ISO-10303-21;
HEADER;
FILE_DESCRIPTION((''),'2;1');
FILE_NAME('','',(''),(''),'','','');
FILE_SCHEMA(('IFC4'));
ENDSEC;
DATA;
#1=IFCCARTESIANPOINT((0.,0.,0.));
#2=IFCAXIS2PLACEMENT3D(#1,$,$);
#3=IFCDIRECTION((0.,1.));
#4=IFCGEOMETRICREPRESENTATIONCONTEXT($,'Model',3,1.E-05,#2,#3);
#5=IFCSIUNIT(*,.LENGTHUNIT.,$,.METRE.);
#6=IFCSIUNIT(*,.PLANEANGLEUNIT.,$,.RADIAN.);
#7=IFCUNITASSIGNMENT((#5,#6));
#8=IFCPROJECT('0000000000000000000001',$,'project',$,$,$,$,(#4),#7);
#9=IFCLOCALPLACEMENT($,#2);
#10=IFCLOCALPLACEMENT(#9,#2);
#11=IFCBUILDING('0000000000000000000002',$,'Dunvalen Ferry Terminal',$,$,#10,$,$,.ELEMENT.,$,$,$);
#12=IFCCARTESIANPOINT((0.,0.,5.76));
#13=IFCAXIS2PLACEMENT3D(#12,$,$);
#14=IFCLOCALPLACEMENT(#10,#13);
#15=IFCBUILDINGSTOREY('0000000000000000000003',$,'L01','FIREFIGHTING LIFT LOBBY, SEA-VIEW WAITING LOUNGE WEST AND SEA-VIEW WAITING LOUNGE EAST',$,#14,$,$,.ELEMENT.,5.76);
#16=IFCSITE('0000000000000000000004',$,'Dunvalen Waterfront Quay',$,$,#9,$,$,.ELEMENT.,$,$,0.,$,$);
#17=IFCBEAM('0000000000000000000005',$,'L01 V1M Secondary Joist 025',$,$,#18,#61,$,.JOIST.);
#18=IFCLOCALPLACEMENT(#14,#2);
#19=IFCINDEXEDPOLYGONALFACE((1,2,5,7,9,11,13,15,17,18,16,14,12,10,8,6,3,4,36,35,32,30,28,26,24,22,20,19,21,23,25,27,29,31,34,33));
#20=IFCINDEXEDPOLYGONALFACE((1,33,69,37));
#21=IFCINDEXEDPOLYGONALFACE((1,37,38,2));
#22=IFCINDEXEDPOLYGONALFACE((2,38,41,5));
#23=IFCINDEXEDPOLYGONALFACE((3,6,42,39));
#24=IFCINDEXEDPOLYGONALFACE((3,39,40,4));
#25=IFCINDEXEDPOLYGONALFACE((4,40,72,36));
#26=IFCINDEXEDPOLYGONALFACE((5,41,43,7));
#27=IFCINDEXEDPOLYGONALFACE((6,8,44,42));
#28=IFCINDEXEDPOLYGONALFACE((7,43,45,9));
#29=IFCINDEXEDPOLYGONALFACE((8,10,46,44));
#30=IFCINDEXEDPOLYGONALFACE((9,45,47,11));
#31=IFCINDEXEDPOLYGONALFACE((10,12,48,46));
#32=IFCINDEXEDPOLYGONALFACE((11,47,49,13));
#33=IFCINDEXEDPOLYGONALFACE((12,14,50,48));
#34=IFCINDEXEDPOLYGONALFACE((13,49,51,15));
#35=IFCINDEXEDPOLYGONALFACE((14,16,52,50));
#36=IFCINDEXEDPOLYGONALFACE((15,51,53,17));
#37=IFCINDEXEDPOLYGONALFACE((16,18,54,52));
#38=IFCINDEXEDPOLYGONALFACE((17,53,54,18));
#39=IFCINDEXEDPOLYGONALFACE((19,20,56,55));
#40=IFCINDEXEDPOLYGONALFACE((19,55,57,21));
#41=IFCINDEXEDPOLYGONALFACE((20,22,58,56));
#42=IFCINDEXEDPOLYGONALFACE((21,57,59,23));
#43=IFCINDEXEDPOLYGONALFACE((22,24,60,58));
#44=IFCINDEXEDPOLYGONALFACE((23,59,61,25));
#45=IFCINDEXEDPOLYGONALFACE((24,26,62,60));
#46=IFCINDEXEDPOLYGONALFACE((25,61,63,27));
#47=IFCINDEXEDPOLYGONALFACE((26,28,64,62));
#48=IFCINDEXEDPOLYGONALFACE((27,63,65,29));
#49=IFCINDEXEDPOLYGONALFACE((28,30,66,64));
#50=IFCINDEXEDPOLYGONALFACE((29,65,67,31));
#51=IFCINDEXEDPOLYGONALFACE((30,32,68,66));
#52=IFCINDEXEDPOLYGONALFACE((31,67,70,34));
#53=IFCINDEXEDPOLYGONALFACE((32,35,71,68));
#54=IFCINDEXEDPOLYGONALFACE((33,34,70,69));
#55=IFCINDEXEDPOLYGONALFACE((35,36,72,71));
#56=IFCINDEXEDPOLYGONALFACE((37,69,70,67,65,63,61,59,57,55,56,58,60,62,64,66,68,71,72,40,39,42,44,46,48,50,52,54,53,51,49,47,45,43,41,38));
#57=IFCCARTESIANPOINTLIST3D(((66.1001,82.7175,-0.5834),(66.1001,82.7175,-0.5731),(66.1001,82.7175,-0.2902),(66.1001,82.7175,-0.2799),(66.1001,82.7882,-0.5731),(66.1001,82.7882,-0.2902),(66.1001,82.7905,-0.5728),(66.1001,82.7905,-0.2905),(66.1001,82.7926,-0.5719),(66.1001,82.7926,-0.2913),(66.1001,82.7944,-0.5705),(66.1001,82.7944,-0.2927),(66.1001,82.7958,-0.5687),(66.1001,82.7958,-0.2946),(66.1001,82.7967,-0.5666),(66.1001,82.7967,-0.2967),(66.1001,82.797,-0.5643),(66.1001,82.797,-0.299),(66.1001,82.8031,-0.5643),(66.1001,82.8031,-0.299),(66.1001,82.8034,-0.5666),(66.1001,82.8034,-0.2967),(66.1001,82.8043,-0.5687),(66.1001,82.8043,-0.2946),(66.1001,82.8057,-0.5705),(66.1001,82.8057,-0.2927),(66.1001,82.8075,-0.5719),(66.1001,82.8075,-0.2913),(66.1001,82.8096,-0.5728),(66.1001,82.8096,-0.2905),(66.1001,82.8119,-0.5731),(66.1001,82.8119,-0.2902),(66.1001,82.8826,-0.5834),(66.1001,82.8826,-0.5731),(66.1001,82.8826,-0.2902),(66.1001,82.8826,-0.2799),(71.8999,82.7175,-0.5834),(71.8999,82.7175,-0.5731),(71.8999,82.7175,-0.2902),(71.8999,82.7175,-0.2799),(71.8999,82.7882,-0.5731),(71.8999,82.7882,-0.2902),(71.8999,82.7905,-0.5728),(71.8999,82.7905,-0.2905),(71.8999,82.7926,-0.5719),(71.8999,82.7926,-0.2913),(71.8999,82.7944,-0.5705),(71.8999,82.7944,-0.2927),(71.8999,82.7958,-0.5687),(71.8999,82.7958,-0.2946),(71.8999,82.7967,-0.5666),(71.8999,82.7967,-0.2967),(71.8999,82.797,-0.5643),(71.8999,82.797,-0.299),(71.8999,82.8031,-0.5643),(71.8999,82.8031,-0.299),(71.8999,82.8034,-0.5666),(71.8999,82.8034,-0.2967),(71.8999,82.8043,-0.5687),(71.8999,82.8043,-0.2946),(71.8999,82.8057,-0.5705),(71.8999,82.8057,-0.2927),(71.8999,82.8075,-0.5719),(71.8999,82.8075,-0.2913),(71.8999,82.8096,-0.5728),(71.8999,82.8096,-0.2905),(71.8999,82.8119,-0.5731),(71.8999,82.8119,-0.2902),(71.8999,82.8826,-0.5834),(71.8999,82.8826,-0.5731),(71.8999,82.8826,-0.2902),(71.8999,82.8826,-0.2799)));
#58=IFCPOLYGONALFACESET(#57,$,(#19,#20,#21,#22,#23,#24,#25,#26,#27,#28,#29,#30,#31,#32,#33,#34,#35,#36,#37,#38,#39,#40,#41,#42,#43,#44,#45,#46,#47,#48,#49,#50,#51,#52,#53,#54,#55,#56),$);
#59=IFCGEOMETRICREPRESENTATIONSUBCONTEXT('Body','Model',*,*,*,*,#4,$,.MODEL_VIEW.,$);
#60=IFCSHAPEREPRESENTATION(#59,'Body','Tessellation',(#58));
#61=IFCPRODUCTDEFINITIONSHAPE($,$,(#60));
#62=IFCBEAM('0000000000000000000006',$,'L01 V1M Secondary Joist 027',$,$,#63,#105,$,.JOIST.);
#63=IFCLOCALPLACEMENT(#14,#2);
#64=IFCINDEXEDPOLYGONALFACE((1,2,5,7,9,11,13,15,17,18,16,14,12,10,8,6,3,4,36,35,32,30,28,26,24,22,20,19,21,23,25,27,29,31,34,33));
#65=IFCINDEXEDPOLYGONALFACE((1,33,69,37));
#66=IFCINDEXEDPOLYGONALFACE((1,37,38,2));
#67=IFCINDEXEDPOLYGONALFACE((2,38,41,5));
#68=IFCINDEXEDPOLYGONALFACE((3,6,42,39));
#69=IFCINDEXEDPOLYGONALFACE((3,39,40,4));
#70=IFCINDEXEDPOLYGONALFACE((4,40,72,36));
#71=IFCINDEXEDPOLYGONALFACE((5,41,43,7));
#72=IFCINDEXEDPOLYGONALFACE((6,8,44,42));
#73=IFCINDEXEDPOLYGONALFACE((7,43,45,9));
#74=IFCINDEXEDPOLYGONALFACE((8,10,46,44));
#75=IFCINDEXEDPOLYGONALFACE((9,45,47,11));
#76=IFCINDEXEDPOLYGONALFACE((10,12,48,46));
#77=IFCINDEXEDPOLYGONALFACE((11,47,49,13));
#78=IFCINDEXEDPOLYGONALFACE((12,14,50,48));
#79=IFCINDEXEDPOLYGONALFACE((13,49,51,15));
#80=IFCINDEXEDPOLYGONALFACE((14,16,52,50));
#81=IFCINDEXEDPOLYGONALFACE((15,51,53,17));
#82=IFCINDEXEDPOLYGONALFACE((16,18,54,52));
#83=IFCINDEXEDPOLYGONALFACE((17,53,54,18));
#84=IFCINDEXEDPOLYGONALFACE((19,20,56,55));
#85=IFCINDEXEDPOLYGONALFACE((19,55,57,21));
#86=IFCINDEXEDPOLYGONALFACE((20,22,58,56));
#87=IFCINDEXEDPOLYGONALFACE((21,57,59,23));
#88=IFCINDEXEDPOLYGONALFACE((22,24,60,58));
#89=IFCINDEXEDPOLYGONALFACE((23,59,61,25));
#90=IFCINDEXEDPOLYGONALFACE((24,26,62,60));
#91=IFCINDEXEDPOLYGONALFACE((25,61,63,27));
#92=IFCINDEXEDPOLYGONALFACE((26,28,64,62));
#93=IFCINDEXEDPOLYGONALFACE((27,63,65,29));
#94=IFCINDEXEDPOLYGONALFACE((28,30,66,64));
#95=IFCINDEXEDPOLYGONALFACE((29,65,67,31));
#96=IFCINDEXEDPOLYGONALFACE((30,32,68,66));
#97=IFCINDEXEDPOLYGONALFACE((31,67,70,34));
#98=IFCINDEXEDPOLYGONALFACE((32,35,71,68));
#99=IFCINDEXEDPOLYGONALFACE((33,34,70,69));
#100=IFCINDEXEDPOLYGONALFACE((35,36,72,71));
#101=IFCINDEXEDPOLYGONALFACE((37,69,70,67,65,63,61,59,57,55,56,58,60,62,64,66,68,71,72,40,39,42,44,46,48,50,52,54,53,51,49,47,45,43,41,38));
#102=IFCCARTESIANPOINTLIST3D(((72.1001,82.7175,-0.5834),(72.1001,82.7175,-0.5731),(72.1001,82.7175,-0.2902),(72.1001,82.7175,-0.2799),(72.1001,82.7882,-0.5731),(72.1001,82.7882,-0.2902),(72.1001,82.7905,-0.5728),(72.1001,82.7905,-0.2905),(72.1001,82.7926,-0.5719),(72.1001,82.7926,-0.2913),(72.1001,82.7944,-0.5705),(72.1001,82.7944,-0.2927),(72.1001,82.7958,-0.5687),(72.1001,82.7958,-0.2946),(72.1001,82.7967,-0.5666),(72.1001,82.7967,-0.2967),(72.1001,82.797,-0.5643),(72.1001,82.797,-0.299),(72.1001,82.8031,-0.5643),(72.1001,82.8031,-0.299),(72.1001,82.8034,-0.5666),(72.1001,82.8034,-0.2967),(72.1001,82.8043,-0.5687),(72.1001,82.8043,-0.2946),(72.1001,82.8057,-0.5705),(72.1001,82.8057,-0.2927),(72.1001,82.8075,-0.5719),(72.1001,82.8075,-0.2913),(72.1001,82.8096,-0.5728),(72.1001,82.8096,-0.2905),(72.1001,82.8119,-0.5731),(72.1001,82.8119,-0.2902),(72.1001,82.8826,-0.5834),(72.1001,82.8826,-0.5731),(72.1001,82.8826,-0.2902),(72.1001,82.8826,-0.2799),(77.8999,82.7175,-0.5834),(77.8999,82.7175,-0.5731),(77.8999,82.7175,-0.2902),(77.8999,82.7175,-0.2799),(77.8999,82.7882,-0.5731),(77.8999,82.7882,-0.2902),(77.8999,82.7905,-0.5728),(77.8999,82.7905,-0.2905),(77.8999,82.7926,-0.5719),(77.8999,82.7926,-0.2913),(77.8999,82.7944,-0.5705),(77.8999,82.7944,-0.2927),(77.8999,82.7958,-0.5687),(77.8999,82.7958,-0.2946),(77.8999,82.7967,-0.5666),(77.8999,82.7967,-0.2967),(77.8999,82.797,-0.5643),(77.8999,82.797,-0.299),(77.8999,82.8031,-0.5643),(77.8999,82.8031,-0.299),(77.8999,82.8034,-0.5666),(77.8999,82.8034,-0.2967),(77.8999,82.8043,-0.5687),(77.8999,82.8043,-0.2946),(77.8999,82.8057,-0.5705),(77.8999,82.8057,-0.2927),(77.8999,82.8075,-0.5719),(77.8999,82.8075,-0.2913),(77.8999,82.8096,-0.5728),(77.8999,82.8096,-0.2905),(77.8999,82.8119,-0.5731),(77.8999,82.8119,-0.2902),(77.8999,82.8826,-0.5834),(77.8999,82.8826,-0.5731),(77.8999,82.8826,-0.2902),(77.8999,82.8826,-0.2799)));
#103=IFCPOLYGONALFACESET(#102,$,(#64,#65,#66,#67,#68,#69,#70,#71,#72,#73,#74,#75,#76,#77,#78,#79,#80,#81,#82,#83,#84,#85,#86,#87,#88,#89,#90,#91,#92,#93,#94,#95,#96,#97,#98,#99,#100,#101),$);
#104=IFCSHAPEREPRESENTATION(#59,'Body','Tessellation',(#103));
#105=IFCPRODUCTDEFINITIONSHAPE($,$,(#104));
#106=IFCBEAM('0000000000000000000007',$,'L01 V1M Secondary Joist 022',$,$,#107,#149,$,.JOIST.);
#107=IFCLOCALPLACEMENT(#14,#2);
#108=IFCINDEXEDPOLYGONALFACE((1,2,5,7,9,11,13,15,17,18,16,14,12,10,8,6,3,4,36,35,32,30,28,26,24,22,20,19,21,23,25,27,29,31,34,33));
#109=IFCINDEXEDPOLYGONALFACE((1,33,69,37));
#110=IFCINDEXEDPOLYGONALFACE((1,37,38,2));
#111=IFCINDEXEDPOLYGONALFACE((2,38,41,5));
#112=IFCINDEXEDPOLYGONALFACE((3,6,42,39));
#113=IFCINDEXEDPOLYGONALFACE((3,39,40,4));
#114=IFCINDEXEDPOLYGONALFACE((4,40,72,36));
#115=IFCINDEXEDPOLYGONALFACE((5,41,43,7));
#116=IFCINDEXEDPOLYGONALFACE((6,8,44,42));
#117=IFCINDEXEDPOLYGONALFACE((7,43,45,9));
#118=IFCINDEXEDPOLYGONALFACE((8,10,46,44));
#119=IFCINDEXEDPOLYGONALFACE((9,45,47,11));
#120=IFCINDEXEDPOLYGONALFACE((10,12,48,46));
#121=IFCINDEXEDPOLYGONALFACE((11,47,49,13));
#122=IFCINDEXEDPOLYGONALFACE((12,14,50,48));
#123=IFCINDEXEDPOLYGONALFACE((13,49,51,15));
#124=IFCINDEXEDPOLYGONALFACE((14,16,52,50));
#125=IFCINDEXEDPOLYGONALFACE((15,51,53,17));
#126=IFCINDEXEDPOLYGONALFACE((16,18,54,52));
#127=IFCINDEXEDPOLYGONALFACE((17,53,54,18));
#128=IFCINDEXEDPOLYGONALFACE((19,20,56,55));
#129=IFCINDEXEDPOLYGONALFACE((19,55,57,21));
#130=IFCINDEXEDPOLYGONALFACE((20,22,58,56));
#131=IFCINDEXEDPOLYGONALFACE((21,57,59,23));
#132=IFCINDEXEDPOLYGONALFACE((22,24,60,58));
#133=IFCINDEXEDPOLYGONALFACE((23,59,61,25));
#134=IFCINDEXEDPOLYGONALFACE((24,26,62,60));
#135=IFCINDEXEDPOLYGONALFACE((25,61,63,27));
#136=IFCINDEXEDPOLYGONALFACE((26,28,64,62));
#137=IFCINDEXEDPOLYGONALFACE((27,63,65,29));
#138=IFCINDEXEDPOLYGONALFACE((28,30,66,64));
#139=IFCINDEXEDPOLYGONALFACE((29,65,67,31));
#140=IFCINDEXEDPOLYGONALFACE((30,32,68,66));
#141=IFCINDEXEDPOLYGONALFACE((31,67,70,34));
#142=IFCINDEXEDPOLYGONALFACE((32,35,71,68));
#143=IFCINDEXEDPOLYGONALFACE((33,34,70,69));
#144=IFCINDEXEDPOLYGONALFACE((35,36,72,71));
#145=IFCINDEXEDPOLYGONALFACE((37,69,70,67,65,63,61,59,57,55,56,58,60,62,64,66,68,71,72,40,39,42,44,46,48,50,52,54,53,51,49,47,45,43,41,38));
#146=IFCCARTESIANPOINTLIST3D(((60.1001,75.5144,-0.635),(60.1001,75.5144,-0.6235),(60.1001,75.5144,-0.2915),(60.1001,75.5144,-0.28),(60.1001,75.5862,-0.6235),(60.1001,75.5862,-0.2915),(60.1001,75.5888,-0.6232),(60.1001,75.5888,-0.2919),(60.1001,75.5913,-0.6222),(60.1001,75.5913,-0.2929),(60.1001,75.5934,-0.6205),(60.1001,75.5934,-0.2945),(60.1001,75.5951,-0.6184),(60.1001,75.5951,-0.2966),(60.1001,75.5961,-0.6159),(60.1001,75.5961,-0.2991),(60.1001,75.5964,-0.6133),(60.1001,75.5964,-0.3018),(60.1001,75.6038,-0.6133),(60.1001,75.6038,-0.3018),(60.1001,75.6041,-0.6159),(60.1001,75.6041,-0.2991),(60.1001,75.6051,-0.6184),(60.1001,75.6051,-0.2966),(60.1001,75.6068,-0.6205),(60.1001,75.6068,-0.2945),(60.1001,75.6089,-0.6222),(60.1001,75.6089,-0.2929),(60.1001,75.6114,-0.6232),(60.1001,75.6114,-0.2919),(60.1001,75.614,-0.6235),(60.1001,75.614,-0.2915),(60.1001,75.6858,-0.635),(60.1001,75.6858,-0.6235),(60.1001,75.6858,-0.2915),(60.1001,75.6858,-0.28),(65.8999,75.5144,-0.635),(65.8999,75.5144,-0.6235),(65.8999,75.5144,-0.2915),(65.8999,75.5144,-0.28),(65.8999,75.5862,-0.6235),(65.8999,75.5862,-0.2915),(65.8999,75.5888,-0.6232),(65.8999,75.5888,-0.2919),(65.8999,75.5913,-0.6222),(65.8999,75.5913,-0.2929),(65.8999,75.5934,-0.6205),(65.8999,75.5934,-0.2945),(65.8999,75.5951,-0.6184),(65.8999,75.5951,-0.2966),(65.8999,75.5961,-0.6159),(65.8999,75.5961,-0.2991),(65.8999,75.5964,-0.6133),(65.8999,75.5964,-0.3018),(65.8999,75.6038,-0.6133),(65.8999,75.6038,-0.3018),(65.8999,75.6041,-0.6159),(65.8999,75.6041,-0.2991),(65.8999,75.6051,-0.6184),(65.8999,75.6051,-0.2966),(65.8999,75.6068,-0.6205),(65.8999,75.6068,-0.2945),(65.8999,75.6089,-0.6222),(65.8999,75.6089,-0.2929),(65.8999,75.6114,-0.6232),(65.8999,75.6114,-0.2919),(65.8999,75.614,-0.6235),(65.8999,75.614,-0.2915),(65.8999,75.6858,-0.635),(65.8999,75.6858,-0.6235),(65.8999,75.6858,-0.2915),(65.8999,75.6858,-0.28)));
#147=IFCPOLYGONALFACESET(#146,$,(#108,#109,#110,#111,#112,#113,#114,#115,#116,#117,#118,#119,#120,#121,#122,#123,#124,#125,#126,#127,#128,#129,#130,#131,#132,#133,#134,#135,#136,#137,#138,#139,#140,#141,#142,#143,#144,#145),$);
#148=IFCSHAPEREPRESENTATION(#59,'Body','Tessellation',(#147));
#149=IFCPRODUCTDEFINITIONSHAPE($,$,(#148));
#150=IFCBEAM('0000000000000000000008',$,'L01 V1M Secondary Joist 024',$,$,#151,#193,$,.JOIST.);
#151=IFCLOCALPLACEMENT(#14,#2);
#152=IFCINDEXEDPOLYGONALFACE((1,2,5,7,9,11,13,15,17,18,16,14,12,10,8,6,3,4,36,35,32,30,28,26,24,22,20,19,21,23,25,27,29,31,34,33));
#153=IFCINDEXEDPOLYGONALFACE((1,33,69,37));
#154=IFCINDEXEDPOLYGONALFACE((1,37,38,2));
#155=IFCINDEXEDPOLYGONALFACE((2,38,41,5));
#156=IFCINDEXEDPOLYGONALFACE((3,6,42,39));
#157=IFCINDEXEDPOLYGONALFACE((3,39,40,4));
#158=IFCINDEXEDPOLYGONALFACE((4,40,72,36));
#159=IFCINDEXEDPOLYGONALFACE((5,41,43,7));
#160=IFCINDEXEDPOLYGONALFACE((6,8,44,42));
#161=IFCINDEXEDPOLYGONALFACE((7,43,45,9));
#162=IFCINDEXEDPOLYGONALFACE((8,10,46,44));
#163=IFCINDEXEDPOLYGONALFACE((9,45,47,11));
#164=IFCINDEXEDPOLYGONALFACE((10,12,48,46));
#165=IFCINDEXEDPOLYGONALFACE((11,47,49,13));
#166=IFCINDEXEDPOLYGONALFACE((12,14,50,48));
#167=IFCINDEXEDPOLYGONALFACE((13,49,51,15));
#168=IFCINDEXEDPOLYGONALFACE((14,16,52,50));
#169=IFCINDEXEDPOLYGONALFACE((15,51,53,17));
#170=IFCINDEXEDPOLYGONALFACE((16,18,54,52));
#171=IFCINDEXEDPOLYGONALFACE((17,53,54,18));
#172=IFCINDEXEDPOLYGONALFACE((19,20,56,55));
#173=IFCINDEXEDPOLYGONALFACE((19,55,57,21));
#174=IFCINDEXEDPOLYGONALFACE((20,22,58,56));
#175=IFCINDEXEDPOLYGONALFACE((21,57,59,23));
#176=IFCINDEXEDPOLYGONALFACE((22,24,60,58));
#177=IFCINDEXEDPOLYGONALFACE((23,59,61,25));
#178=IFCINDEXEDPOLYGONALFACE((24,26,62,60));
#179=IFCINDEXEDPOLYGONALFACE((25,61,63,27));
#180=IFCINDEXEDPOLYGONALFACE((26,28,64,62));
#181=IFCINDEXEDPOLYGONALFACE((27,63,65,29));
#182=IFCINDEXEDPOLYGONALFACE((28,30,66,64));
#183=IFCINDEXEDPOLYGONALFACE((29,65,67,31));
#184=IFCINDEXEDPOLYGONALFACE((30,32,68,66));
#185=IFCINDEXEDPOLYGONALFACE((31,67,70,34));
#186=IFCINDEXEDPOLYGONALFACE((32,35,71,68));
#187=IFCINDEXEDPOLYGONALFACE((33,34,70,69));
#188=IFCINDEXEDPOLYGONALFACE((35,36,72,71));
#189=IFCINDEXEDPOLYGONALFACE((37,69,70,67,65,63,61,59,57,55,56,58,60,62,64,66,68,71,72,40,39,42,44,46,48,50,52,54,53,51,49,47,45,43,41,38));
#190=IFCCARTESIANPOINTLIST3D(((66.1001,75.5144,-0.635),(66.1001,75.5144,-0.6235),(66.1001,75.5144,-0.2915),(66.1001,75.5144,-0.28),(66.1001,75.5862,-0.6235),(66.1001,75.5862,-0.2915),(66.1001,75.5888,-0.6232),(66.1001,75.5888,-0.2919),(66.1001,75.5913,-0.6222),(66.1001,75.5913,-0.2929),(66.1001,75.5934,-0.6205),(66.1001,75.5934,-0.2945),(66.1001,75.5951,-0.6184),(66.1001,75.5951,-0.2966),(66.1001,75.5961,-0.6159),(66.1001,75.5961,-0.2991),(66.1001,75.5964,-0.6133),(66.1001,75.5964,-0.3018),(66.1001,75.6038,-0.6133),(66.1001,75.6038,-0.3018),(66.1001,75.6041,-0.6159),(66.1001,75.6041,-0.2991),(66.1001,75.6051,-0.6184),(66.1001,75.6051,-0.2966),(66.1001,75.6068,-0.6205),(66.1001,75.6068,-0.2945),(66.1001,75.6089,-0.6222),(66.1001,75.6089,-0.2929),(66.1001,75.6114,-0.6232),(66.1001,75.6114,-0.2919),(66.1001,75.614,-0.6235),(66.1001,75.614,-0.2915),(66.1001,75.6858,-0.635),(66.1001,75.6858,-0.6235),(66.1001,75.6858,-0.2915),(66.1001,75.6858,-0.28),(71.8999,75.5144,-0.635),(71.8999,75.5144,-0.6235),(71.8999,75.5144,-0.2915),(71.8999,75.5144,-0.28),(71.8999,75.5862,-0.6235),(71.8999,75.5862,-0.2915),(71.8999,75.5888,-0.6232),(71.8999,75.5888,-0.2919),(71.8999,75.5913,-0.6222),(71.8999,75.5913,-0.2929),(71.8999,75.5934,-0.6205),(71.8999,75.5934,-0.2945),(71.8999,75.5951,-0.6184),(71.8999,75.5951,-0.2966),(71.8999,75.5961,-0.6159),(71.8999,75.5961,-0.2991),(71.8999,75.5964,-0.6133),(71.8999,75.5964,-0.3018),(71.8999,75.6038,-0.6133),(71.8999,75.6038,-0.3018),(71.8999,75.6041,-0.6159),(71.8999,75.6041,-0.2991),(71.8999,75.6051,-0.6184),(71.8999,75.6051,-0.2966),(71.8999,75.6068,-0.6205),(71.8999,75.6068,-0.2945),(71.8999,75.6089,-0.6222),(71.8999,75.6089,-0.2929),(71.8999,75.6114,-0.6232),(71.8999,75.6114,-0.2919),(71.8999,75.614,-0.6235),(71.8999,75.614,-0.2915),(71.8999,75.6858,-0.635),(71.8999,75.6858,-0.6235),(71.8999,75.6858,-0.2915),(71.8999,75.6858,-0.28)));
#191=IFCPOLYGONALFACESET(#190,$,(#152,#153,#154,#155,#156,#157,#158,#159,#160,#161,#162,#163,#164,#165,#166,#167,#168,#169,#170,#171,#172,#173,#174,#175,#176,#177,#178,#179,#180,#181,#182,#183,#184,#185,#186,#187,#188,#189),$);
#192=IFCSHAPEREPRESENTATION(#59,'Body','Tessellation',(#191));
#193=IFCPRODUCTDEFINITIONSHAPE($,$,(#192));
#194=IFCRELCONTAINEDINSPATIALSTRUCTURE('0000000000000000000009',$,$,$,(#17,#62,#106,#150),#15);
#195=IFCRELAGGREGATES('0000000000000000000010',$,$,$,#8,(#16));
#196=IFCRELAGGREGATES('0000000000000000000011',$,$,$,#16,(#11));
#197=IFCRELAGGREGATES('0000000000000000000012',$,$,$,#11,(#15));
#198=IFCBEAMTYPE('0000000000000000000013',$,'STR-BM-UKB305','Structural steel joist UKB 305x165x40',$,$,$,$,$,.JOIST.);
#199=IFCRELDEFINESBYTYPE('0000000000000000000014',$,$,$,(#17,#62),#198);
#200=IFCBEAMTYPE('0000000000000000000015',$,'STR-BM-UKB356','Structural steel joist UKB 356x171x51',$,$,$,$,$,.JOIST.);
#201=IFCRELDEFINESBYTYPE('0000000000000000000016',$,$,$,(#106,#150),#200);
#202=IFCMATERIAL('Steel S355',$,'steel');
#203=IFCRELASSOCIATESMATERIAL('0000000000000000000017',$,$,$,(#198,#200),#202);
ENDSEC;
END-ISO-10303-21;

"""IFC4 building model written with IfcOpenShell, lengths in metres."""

from ifc_helpers import new_model, si_unit, direction, frame, origin, origin_2d, place, context, subcontext, project, spatial, i_section, extrude, material, material_profile, profile_set, type_object, element, save


model = new_model("IFC4")

# Units and contexts
model_context = context("Model", 3, precision=1e-05, world=origin(), true_north=direction((0.0, 1.0)))
body_context = subcontext(model_context, "Body", "Model", "MODEL_VIEW")
ifc_project = project(units=[si_unit("LENGTHUNIT", "METRE"), si_unit("PLANEANGLEUNIT", "RADIAN")], contexts=[model_context])

# Site, building, storey
site_placement = place(None, origin())
site = spatial("IfcSite", under=ifc_project, at=site_placement, Name="Dunvalen Waterfront Quay", CompositionType="ELEMENT", RefElevation=0.0)
building_placement = place(site_placement, origin())
building = spatial("IfcBuilding", under=site, at=building_placement, Name="Dunvalen Ferry Terminal", CompositionType="ELEMENT")
storey_placement = place(building_placement, frame((0.0, 0.0, 5.76)))
storey = spatial("IfcBuildingStorey", under=building, at=storey_placement, Name="L01", Description="FIREFIGHTING LIFT LOBBY, SEA-VIEW WAITING LOUNGE WEST AND SEA-VIEW WAITING LOUNGE EAST", CompositionType="ELEMENT", Elevation=5.76)

# Beams
ifc_material_1 = material(Name="Steel S355", Category="steel")
ifc_material_profile_1 = material_profile(ifc_material_1, i_section(OverallWidth=0.165, OverallDepth=0.3035, WebThickness=0.0061, FlangeThickness=0.0103, FilletRadius=0.0088, at=origin_2d()), Name="Steel S355")
ifc_profile_set_1 = profile_set([ifc_material_profile_1], Name="Steel S355")
beam_type_1 = type_object("IfcBeamType", Name="STR-BM-UKB305", Description="Structural steel joist UKB 305x165x40", PredefinedType="JOIST", material=ifc_profile_set_1)
for number, where, z_axis, x_axis, name in (
    (1, (66.1001, 82.8, -0.4316), (1.0, 0.0, 0.0), (0.0, 1.0, 0.0), "L01 V1M Secondary Joist 025"),
    (2, (72.1001, 82.8, -0.4316), (1.0, 0.0, 0.0), (0.0, 1.0, 0.0), "L01 V1M Secondary Joist 027"),
):
    element("IfcBeam", number, at=place(storey_placement, frame(where, z_axis=z_axis, x_axis=x_axis)), inside=storey, type_object=beam_type_1, Name=name, PredefinedType="JOIST", context=body_context, shape_type="SweptSolid", body=[
        extrude(i_section(OverallWidth=0.165, OverallDepth=0.3035, WebThickness=0.0061, FlangeThickness=0.0103, FilletRadius=0.0088, at=origin_2d()), origin(), (0.0, 0.0, 1.0), 5.7998),
    ])
ifc_material_profile_2 = material_profile(ifc_material_1, i_section(OverallWidth=0.1714, OverallDepth=0.355, WebThickness=0.0073, FlangeThickness=0.0115, FilletRadius=0.0103, at=origin_2d()), Name="Steel S355")
ifc_profile_set_2 = profile_set([ifc_material_profile_2], Name="Steel S355")
beam_type_2 = type_object("IfcBeamType", Name="STR-BM-UKB356", Description="Structural steel joist UKB 356x171x51", PredefinedType="JOIST", material=ifc_profile_set_2)
for number, where, z_axis, x_axis, name in (
    (3, (60.1001, 75.6001, -0.4575), (1.0, 0.0, 0.0), (0.0, 1.0, 0.0), "L01 V1M Secondary Joist 022"),
    (4, (66.1001, 75.6001, -0.4575), (1.0, 0.0, 0.0), (0.0, 1.0, 0.0), "L01 V1M Secondary Joist 024"),
):
    element("IfcBeam", number, at=place(storey_placement, frame(where, z_axis=z_axis, x_axis=x_axis)), inside=storey, type_object=beam_type_2, Name=name, PredefinedType="JOIST", context=body_context, shape_type="SweptSolid", body=[
        extrude(i_section(OverallWidth=0.1714, OverallDepth=0.355, WebThickness=0.0073, FlangeThickness=0.0115, FilletRadius=0.0103, at=origin_2d()), origin(), (0.0, 0.0, 1.0), 5.7998),
    ])

save(model, "model.ifc")
